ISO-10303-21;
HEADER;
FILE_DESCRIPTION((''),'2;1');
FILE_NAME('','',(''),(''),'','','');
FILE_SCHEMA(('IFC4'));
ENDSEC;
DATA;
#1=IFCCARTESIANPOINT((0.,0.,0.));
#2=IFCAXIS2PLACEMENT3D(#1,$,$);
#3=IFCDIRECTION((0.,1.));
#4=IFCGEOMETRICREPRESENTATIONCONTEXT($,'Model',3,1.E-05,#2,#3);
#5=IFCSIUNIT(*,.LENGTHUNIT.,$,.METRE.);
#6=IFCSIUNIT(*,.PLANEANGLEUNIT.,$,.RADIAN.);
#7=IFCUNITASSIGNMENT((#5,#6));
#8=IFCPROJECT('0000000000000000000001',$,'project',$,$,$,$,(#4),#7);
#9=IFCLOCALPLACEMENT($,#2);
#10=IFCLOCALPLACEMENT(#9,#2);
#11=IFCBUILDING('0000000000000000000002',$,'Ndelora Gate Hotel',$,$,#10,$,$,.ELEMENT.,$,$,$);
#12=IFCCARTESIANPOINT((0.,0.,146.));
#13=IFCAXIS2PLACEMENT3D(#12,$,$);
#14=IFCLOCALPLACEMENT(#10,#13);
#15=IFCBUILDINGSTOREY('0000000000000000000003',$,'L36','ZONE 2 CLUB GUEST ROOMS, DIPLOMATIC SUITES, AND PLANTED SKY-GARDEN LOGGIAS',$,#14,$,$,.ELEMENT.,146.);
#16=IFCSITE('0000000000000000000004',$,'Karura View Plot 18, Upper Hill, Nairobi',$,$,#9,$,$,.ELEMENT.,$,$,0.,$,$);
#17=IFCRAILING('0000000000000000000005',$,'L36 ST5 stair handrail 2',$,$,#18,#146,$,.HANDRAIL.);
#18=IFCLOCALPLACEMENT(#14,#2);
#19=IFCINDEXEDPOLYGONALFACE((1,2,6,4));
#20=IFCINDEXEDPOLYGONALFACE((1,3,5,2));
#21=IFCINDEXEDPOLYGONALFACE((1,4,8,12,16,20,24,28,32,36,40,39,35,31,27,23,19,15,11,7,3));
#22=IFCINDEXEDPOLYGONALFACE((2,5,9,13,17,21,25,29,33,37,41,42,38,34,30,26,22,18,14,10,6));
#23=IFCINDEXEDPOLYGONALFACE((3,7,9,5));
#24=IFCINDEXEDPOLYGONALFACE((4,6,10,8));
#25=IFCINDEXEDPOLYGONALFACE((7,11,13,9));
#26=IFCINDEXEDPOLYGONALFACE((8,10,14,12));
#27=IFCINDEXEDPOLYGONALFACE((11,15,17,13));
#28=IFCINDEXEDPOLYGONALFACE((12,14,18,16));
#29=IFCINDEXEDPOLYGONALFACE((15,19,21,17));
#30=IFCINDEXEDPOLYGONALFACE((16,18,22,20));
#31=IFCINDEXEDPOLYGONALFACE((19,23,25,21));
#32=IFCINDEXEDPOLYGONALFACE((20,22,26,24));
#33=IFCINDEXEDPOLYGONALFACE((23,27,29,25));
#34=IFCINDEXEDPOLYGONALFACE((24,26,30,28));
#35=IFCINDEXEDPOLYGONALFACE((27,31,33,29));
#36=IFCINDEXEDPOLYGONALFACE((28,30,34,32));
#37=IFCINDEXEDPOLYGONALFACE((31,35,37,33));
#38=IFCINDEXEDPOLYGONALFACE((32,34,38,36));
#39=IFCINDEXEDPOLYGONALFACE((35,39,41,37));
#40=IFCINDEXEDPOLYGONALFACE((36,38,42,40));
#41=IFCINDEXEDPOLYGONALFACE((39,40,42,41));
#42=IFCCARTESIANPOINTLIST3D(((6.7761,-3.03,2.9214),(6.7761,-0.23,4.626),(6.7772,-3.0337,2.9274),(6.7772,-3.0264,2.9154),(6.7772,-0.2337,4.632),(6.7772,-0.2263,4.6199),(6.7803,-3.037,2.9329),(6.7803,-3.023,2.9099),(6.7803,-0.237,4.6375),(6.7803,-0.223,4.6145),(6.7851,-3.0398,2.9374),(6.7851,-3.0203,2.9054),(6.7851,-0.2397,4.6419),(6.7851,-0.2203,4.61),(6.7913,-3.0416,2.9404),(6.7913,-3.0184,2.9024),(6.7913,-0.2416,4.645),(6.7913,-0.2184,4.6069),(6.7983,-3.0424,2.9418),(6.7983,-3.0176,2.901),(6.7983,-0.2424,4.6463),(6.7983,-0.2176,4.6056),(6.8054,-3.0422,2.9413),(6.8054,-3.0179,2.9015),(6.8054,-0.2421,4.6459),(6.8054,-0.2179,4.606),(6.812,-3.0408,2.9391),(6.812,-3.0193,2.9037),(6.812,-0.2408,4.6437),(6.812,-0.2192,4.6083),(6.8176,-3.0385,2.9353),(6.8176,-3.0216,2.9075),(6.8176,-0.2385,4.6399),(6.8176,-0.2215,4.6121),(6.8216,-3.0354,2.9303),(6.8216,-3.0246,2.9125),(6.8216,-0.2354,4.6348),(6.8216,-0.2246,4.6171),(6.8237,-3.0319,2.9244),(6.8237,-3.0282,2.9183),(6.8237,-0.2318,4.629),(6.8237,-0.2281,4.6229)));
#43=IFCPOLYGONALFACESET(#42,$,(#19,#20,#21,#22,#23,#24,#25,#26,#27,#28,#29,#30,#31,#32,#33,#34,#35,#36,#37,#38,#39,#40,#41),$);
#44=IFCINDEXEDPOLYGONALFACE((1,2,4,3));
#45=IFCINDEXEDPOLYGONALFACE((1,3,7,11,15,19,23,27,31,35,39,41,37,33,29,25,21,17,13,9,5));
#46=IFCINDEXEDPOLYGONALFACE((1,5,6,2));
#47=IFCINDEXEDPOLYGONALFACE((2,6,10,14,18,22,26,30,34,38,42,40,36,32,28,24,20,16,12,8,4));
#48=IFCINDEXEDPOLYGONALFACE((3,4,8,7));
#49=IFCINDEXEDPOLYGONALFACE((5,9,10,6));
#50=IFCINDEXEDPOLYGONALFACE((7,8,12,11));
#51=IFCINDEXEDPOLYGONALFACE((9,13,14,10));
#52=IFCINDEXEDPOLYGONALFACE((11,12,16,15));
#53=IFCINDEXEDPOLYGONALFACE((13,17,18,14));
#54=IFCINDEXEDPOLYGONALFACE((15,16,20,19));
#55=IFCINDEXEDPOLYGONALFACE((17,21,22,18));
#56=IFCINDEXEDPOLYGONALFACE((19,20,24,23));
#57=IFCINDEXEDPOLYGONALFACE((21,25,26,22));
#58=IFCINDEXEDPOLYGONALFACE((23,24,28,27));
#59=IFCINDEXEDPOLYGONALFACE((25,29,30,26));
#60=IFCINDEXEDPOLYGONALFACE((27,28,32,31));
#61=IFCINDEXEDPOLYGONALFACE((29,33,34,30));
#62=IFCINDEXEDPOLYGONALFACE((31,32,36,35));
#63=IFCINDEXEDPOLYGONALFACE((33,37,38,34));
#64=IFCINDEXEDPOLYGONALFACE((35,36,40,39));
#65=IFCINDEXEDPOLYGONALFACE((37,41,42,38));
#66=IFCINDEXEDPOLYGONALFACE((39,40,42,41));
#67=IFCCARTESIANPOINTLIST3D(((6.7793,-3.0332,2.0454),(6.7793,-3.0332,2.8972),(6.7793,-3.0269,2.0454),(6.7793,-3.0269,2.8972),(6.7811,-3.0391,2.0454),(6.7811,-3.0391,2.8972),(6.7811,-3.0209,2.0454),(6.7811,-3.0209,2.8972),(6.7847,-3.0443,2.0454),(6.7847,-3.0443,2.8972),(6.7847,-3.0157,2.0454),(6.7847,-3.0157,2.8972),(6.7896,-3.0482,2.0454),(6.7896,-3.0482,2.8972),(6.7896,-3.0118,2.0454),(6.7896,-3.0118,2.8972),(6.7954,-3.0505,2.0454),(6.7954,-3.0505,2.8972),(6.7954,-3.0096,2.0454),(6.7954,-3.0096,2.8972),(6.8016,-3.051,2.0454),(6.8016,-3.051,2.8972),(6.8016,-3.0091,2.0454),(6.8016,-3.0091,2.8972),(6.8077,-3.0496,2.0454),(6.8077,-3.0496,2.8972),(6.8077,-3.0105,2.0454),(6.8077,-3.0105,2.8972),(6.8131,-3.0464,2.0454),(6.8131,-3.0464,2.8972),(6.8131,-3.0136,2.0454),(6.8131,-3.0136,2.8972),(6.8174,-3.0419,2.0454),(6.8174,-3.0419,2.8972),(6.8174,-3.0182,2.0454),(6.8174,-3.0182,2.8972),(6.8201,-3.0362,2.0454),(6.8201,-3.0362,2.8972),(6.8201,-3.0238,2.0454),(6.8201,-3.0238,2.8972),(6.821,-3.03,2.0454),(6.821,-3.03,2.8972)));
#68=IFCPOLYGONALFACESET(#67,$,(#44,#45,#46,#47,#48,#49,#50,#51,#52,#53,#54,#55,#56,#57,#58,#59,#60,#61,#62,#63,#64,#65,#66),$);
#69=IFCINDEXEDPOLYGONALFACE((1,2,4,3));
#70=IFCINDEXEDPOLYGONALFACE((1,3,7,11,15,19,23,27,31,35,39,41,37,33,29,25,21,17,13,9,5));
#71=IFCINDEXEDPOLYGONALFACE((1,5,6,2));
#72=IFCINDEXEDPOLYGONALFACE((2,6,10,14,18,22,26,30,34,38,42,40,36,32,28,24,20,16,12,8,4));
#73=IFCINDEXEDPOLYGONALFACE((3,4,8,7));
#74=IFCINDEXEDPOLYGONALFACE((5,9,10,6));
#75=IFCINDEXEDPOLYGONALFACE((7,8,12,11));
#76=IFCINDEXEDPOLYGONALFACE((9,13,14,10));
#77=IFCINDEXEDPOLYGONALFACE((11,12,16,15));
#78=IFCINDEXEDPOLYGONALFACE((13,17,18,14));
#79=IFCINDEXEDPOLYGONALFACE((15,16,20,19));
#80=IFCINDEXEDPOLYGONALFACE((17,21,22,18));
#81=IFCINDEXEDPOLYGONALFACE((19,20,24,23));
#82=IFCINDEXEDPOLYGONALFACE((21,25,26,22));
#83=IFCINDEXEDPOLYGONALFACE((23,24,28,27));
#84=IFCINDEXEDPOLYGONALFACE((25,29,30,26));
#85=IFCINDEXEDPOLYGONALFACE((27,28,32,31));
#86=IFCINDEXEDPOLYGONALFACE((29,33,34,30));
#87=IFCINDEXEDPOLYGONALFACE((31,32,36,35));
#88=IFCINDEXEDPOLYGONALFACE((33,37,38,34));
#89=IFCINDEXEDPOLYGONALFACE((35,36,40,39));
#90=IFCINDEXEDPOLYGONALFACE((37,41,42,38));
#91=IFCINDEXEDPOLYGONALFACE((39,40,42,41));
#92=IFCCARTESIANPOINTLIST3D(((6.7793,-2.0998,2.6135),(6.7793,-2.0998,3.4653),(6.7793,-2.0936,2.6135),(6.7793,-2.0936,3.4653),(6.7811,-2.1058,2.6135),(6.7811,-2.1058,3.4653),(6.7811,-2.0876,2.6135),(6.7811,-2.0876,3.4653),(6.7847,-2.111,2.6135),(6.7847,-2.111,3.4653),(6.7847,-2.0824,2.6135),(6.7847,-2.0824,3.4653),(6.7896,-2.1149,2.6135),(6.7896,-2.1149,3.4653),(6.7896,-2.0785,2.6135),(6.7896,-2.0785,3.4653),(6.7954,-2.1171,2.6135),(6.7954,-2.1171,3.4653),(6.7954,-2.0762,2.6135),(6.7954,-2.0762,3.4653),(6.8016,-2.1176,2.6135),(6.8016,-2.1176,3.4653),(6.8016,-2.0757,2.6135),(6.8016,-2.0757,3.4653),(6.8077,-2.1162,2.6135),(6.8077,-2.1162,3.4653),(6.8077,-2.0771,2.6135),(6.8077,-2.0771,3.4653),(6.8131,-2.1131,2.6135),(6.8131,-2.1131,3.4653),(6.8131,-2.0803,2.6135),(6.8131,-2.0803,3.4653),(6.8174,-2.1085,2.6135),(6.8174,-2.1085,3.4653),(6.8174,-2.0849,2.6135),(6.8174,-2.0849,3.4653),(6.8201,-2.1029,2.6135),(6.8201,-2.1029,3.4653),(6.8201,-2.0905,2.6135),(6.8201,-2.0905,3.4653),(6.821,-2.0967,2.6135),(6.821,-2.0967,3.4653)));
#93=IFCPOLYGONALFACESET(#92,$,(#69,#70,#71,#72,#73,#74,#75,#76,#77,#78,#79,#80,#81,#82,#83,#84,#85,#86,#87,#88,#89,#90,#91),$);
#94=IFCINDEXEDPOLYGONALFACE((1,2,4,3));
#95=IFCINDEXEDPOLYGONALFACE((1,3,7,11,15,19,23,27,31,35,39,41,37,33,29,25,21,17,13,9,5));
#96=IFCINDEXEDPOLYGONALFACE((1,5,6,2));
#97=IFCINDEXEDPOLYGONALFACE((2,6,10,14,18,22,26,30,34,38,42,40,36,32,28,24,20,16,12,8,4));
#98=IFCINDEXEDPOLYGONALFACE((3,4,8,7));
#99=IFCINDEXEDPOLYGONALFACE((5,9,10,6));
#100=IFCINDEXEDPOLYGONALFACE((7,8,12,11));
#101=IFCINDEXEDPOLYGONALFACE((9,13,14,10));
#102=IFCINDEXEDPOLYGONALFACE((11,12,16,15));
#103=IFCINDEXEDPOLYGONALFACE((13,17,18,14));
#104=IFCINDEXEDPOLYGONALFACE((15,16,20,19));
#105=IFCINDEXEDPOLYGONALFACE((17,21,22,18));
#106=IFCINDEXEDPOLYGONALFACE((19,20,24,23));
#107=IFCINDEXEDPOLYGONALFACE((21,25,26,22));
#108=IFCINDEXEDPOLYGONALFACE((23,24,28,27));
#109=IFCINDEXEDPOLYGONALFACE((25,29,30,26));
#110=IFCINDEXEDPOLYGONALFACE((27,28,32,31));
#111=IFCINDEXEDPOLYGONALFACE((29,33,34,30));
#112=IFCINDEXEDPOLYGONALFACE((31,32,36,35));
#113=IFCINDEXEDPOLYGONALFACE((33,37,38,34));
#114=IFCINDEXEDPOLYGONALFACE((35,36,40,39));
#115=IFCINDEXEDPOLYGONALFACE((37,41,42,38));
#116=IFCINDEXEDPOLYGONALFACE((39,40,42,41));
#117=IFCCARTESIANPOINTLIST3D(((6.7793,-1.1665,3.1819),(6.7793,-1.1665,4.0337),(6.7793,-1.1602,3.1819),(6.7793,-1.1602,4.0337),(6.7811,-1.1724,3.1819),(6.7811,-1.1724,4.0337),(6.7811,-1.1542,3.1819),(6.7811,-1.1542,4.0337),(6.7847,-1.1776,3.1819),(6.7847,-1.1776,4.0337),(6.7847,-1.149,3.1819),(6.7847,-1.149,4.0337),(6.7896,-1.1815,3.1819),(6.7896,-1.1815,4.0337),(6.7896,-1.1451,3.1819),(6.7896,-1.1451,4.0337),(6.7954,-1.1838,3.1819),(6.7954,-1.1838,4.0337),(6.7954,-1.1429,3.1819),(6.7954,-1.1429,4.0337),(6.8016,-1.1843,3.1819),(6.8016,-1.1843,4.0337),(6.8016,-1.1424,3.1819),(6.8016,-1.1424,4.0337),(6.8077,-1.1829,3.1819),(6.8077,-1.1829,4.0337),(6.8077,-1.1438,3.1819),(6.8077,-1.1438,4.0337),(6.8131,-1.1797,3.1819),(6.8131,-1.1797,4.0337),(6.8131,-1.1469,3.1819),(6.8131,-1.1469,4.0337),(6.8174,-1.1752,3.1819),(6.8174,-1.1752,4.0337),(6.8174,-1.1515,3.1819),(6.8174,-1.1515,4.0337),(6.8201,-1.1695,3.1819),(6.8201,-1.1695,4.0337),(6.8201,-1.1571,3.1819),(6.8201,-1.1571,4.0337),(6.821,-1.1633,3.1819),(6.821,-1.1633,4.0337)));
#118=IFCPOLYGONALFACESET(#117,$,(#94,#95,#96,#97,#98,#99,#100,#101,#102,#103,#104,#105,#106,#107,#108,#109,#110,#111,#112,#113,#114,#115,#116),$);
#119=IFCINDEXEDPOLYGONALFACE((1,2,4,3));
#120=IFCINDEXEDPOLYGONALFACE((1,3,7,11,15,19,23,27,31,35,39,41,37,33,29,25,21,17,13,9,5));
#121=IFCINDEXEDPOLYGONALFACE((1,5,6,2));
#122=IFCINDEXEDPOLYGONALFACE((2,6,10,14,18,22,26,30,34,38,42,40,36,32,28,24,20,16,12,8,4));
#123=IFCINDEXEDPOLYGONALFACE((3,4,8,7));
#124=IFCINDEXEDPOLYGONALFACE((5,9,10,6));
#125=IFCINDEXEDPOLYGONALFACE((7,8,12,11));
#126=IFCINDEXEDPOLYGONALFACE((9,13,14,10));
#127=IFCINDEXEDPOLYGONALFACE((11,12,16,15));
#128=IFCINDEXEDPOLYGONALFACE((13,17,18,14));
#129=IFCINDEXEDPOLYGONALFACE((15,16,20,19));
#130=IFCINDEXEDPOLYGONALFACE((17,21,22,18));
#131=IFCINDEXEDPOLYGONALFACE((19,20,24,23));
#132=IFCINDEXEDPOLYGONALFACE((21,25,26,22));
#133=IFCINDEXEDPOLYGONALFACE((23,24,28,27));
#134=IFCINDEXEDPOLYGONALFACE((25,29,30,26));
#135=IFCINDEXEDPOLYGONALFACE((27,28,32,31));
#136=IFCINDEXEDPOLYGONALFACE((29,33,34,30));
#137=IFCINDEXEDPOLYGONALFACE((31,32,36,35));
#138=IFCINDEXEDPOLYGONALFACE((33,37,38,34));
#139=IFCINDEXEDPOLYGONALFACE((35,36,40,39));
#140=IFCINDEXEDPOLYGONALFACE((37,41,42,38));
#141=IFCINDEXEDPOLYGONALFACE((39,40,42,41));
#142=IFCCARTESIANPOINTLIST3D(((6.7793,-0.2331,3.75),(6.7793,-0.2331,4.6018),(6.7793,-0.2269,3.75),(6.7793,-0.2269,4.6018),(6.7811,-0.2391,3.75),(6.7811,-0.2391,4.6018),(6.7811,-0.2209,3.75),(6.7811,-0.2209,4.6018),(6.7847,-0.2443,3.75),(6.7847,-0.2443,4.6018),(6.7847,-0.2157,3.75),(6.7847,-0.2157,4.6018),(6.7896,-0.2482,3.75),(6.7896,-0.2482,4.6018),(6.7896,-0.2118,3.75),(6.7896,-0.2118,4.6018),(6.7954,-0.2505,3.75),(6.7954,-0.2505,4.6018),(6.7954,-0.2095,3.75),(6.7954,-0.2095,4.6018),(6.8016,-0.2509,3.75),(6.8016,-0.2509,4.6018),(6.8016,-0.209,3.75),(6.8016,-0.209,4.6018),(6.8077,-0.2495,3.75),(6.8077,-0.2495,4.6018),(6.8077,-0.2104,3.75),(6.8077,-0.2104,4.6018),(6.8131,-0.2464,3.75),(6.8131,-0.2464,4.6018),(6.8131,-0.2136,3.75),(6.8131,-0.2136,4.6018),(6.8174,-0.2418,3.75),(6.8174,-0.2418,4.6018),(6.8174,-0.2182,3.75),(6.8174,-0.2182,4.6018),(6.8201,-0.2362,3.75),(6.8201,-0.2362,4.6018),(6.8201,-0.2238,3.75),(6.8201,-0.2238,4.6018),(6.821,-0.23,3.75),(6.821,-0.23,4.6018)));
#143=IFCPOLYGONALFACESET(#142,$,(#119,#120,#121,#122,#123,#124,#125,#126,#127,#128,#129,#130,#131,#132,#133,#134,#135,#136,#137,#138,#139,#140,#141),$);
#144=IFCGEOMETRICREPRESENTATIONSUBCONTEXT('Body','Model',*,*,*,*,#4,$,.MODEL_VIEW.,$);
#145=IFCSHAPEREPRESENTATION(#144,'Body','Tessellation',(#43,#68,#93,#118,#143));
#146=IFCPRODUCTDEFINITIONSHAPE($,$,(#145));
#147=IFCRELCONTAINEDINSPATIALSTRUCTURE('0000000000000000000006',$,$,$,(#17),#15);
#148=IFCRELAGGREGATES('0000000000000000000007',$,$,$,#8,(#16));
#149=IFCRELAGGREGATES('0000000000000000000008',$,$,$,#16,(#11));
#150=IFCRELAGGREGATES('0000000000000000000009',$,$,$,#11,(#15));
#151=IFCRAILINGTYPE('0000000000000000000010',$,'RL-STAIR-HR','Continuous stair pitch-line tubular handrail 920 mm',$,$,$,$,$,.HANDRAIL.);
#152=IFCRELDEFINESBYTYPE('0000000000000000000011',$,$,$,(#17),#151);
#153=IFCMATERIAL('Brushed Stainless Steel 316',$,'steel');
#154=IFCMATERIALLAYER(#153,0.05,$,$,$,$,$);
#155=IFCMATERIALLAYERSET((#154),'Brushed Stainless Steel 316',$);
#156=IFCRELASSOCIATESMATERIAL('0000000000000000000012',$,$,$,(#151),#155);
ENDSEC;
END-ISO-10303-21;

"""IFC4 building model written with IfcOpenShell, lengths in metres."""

from ifc_helpers import new_model, si_unit, direction, frame, origin, origin_2d, place, context, subcontext, project, spatial, circle, extrude, material, layer, layer_set, type_object, element, save


model = new_model("IFC4")

# Units and contexts
model_context = context("Model", 3, precision=1e-05, world=origin(), true_north=direction((0.0, 1.0)))
body_context = subcontext(model_context, "Body", "Model", "MODEL_VIEW")
ifc_project = project(units=[si_unit("LENGTHUNIT", "METRE"), si_unit("PLANEANGLEUNIT", "RADIAN")], contexts=[model_context])

# Site, building, storey
site_placement = place(None, origin())
site = spatial("IfcSite", under=ifc_project, at=site_placement, Name="Karura View Plot 18, Upper Hill, Nairobi", CompositionType="ELEMENT", RefElevation=0.0)
building_placement = place(site_placement, origin())
building = spatial("IfcBuilding", under=site, at=building_placement, Name="Ndelora Gate Hotel", CompositionType="ELEMENT")
storey_placement = place(building_placement, frame((0.0, 0.0, 146.0)))
storey = spatial("IfcBuildingStorey", under=building, at=storey_placement, Name="L36", Description="ZONE 2 CLUB GUEST ROOMS, DIPLOMATIC SUITES, AND PLANTED SKY-GARDEN LOGGIAS", CompositionType="ELEMENT", Elevation=146.0)

# Railing
ifc_material_1 = material(Name="Brushed Stainless Steel 316", Category="steel")
ifc_layer_1 = layer(ifc_material_1, 0.05)
ifc_layer_set_1 = layer_set([ifc_layer_1], Name="Brushed Stainless Steel 316")
railing_type_1 = type_object("IfcRailingType", Name="RL-STAIR-HR", Description="Continuous stair pitch-line tubular handrail 920 mm", PredefinedType="HANDRAIL", material=ifc_layer_set_1)
railing_1_placement = place(storey_placement, frame((6.8, -3.03, 2.0454)))
element("IfcRailing", 1, at=railing_1_placement, inside=storey, type_object=railing_type_1, Name="L36 ST5 stair handrail 2", PredefinedType="HANDRAIL", context=body_context, shape_type="SweptSolid", body=[
    extrude(circle(Radius=0.0239, at=origin_2d()), frame((0.0, 0.0, 0.876), z_axis=(0.0, 0.85417, 0.519994), x_axis=(-1.0, 0.0, 0.0)), (0.0, 0.0, 1.0), 3.2781),
    extrude(circle(Radius=0.021, at=origin_2d()), origin(), (0.0, 0.0, 1.0), 0.8518),
    extrude(circle(Radius=0.021, at=origin_2d()), frame((0.0, 0.9333, 0.5681)), (0.0, 0.0, 1.0), 0.8518),
    extrude(circle(Radius=0.021, at=origin_2d()), frame((0.0, 1.8667, 1.1365)), (0.0, 0.0, 1.0), 0.8518),
    extrude(circle(Radius=0.021, at=origin_2d()), frame((0.0, 2.8, 1.7046)), (0.0, 0.0, 1.0), 0.8518),
])

save(model, "model.ifc")
